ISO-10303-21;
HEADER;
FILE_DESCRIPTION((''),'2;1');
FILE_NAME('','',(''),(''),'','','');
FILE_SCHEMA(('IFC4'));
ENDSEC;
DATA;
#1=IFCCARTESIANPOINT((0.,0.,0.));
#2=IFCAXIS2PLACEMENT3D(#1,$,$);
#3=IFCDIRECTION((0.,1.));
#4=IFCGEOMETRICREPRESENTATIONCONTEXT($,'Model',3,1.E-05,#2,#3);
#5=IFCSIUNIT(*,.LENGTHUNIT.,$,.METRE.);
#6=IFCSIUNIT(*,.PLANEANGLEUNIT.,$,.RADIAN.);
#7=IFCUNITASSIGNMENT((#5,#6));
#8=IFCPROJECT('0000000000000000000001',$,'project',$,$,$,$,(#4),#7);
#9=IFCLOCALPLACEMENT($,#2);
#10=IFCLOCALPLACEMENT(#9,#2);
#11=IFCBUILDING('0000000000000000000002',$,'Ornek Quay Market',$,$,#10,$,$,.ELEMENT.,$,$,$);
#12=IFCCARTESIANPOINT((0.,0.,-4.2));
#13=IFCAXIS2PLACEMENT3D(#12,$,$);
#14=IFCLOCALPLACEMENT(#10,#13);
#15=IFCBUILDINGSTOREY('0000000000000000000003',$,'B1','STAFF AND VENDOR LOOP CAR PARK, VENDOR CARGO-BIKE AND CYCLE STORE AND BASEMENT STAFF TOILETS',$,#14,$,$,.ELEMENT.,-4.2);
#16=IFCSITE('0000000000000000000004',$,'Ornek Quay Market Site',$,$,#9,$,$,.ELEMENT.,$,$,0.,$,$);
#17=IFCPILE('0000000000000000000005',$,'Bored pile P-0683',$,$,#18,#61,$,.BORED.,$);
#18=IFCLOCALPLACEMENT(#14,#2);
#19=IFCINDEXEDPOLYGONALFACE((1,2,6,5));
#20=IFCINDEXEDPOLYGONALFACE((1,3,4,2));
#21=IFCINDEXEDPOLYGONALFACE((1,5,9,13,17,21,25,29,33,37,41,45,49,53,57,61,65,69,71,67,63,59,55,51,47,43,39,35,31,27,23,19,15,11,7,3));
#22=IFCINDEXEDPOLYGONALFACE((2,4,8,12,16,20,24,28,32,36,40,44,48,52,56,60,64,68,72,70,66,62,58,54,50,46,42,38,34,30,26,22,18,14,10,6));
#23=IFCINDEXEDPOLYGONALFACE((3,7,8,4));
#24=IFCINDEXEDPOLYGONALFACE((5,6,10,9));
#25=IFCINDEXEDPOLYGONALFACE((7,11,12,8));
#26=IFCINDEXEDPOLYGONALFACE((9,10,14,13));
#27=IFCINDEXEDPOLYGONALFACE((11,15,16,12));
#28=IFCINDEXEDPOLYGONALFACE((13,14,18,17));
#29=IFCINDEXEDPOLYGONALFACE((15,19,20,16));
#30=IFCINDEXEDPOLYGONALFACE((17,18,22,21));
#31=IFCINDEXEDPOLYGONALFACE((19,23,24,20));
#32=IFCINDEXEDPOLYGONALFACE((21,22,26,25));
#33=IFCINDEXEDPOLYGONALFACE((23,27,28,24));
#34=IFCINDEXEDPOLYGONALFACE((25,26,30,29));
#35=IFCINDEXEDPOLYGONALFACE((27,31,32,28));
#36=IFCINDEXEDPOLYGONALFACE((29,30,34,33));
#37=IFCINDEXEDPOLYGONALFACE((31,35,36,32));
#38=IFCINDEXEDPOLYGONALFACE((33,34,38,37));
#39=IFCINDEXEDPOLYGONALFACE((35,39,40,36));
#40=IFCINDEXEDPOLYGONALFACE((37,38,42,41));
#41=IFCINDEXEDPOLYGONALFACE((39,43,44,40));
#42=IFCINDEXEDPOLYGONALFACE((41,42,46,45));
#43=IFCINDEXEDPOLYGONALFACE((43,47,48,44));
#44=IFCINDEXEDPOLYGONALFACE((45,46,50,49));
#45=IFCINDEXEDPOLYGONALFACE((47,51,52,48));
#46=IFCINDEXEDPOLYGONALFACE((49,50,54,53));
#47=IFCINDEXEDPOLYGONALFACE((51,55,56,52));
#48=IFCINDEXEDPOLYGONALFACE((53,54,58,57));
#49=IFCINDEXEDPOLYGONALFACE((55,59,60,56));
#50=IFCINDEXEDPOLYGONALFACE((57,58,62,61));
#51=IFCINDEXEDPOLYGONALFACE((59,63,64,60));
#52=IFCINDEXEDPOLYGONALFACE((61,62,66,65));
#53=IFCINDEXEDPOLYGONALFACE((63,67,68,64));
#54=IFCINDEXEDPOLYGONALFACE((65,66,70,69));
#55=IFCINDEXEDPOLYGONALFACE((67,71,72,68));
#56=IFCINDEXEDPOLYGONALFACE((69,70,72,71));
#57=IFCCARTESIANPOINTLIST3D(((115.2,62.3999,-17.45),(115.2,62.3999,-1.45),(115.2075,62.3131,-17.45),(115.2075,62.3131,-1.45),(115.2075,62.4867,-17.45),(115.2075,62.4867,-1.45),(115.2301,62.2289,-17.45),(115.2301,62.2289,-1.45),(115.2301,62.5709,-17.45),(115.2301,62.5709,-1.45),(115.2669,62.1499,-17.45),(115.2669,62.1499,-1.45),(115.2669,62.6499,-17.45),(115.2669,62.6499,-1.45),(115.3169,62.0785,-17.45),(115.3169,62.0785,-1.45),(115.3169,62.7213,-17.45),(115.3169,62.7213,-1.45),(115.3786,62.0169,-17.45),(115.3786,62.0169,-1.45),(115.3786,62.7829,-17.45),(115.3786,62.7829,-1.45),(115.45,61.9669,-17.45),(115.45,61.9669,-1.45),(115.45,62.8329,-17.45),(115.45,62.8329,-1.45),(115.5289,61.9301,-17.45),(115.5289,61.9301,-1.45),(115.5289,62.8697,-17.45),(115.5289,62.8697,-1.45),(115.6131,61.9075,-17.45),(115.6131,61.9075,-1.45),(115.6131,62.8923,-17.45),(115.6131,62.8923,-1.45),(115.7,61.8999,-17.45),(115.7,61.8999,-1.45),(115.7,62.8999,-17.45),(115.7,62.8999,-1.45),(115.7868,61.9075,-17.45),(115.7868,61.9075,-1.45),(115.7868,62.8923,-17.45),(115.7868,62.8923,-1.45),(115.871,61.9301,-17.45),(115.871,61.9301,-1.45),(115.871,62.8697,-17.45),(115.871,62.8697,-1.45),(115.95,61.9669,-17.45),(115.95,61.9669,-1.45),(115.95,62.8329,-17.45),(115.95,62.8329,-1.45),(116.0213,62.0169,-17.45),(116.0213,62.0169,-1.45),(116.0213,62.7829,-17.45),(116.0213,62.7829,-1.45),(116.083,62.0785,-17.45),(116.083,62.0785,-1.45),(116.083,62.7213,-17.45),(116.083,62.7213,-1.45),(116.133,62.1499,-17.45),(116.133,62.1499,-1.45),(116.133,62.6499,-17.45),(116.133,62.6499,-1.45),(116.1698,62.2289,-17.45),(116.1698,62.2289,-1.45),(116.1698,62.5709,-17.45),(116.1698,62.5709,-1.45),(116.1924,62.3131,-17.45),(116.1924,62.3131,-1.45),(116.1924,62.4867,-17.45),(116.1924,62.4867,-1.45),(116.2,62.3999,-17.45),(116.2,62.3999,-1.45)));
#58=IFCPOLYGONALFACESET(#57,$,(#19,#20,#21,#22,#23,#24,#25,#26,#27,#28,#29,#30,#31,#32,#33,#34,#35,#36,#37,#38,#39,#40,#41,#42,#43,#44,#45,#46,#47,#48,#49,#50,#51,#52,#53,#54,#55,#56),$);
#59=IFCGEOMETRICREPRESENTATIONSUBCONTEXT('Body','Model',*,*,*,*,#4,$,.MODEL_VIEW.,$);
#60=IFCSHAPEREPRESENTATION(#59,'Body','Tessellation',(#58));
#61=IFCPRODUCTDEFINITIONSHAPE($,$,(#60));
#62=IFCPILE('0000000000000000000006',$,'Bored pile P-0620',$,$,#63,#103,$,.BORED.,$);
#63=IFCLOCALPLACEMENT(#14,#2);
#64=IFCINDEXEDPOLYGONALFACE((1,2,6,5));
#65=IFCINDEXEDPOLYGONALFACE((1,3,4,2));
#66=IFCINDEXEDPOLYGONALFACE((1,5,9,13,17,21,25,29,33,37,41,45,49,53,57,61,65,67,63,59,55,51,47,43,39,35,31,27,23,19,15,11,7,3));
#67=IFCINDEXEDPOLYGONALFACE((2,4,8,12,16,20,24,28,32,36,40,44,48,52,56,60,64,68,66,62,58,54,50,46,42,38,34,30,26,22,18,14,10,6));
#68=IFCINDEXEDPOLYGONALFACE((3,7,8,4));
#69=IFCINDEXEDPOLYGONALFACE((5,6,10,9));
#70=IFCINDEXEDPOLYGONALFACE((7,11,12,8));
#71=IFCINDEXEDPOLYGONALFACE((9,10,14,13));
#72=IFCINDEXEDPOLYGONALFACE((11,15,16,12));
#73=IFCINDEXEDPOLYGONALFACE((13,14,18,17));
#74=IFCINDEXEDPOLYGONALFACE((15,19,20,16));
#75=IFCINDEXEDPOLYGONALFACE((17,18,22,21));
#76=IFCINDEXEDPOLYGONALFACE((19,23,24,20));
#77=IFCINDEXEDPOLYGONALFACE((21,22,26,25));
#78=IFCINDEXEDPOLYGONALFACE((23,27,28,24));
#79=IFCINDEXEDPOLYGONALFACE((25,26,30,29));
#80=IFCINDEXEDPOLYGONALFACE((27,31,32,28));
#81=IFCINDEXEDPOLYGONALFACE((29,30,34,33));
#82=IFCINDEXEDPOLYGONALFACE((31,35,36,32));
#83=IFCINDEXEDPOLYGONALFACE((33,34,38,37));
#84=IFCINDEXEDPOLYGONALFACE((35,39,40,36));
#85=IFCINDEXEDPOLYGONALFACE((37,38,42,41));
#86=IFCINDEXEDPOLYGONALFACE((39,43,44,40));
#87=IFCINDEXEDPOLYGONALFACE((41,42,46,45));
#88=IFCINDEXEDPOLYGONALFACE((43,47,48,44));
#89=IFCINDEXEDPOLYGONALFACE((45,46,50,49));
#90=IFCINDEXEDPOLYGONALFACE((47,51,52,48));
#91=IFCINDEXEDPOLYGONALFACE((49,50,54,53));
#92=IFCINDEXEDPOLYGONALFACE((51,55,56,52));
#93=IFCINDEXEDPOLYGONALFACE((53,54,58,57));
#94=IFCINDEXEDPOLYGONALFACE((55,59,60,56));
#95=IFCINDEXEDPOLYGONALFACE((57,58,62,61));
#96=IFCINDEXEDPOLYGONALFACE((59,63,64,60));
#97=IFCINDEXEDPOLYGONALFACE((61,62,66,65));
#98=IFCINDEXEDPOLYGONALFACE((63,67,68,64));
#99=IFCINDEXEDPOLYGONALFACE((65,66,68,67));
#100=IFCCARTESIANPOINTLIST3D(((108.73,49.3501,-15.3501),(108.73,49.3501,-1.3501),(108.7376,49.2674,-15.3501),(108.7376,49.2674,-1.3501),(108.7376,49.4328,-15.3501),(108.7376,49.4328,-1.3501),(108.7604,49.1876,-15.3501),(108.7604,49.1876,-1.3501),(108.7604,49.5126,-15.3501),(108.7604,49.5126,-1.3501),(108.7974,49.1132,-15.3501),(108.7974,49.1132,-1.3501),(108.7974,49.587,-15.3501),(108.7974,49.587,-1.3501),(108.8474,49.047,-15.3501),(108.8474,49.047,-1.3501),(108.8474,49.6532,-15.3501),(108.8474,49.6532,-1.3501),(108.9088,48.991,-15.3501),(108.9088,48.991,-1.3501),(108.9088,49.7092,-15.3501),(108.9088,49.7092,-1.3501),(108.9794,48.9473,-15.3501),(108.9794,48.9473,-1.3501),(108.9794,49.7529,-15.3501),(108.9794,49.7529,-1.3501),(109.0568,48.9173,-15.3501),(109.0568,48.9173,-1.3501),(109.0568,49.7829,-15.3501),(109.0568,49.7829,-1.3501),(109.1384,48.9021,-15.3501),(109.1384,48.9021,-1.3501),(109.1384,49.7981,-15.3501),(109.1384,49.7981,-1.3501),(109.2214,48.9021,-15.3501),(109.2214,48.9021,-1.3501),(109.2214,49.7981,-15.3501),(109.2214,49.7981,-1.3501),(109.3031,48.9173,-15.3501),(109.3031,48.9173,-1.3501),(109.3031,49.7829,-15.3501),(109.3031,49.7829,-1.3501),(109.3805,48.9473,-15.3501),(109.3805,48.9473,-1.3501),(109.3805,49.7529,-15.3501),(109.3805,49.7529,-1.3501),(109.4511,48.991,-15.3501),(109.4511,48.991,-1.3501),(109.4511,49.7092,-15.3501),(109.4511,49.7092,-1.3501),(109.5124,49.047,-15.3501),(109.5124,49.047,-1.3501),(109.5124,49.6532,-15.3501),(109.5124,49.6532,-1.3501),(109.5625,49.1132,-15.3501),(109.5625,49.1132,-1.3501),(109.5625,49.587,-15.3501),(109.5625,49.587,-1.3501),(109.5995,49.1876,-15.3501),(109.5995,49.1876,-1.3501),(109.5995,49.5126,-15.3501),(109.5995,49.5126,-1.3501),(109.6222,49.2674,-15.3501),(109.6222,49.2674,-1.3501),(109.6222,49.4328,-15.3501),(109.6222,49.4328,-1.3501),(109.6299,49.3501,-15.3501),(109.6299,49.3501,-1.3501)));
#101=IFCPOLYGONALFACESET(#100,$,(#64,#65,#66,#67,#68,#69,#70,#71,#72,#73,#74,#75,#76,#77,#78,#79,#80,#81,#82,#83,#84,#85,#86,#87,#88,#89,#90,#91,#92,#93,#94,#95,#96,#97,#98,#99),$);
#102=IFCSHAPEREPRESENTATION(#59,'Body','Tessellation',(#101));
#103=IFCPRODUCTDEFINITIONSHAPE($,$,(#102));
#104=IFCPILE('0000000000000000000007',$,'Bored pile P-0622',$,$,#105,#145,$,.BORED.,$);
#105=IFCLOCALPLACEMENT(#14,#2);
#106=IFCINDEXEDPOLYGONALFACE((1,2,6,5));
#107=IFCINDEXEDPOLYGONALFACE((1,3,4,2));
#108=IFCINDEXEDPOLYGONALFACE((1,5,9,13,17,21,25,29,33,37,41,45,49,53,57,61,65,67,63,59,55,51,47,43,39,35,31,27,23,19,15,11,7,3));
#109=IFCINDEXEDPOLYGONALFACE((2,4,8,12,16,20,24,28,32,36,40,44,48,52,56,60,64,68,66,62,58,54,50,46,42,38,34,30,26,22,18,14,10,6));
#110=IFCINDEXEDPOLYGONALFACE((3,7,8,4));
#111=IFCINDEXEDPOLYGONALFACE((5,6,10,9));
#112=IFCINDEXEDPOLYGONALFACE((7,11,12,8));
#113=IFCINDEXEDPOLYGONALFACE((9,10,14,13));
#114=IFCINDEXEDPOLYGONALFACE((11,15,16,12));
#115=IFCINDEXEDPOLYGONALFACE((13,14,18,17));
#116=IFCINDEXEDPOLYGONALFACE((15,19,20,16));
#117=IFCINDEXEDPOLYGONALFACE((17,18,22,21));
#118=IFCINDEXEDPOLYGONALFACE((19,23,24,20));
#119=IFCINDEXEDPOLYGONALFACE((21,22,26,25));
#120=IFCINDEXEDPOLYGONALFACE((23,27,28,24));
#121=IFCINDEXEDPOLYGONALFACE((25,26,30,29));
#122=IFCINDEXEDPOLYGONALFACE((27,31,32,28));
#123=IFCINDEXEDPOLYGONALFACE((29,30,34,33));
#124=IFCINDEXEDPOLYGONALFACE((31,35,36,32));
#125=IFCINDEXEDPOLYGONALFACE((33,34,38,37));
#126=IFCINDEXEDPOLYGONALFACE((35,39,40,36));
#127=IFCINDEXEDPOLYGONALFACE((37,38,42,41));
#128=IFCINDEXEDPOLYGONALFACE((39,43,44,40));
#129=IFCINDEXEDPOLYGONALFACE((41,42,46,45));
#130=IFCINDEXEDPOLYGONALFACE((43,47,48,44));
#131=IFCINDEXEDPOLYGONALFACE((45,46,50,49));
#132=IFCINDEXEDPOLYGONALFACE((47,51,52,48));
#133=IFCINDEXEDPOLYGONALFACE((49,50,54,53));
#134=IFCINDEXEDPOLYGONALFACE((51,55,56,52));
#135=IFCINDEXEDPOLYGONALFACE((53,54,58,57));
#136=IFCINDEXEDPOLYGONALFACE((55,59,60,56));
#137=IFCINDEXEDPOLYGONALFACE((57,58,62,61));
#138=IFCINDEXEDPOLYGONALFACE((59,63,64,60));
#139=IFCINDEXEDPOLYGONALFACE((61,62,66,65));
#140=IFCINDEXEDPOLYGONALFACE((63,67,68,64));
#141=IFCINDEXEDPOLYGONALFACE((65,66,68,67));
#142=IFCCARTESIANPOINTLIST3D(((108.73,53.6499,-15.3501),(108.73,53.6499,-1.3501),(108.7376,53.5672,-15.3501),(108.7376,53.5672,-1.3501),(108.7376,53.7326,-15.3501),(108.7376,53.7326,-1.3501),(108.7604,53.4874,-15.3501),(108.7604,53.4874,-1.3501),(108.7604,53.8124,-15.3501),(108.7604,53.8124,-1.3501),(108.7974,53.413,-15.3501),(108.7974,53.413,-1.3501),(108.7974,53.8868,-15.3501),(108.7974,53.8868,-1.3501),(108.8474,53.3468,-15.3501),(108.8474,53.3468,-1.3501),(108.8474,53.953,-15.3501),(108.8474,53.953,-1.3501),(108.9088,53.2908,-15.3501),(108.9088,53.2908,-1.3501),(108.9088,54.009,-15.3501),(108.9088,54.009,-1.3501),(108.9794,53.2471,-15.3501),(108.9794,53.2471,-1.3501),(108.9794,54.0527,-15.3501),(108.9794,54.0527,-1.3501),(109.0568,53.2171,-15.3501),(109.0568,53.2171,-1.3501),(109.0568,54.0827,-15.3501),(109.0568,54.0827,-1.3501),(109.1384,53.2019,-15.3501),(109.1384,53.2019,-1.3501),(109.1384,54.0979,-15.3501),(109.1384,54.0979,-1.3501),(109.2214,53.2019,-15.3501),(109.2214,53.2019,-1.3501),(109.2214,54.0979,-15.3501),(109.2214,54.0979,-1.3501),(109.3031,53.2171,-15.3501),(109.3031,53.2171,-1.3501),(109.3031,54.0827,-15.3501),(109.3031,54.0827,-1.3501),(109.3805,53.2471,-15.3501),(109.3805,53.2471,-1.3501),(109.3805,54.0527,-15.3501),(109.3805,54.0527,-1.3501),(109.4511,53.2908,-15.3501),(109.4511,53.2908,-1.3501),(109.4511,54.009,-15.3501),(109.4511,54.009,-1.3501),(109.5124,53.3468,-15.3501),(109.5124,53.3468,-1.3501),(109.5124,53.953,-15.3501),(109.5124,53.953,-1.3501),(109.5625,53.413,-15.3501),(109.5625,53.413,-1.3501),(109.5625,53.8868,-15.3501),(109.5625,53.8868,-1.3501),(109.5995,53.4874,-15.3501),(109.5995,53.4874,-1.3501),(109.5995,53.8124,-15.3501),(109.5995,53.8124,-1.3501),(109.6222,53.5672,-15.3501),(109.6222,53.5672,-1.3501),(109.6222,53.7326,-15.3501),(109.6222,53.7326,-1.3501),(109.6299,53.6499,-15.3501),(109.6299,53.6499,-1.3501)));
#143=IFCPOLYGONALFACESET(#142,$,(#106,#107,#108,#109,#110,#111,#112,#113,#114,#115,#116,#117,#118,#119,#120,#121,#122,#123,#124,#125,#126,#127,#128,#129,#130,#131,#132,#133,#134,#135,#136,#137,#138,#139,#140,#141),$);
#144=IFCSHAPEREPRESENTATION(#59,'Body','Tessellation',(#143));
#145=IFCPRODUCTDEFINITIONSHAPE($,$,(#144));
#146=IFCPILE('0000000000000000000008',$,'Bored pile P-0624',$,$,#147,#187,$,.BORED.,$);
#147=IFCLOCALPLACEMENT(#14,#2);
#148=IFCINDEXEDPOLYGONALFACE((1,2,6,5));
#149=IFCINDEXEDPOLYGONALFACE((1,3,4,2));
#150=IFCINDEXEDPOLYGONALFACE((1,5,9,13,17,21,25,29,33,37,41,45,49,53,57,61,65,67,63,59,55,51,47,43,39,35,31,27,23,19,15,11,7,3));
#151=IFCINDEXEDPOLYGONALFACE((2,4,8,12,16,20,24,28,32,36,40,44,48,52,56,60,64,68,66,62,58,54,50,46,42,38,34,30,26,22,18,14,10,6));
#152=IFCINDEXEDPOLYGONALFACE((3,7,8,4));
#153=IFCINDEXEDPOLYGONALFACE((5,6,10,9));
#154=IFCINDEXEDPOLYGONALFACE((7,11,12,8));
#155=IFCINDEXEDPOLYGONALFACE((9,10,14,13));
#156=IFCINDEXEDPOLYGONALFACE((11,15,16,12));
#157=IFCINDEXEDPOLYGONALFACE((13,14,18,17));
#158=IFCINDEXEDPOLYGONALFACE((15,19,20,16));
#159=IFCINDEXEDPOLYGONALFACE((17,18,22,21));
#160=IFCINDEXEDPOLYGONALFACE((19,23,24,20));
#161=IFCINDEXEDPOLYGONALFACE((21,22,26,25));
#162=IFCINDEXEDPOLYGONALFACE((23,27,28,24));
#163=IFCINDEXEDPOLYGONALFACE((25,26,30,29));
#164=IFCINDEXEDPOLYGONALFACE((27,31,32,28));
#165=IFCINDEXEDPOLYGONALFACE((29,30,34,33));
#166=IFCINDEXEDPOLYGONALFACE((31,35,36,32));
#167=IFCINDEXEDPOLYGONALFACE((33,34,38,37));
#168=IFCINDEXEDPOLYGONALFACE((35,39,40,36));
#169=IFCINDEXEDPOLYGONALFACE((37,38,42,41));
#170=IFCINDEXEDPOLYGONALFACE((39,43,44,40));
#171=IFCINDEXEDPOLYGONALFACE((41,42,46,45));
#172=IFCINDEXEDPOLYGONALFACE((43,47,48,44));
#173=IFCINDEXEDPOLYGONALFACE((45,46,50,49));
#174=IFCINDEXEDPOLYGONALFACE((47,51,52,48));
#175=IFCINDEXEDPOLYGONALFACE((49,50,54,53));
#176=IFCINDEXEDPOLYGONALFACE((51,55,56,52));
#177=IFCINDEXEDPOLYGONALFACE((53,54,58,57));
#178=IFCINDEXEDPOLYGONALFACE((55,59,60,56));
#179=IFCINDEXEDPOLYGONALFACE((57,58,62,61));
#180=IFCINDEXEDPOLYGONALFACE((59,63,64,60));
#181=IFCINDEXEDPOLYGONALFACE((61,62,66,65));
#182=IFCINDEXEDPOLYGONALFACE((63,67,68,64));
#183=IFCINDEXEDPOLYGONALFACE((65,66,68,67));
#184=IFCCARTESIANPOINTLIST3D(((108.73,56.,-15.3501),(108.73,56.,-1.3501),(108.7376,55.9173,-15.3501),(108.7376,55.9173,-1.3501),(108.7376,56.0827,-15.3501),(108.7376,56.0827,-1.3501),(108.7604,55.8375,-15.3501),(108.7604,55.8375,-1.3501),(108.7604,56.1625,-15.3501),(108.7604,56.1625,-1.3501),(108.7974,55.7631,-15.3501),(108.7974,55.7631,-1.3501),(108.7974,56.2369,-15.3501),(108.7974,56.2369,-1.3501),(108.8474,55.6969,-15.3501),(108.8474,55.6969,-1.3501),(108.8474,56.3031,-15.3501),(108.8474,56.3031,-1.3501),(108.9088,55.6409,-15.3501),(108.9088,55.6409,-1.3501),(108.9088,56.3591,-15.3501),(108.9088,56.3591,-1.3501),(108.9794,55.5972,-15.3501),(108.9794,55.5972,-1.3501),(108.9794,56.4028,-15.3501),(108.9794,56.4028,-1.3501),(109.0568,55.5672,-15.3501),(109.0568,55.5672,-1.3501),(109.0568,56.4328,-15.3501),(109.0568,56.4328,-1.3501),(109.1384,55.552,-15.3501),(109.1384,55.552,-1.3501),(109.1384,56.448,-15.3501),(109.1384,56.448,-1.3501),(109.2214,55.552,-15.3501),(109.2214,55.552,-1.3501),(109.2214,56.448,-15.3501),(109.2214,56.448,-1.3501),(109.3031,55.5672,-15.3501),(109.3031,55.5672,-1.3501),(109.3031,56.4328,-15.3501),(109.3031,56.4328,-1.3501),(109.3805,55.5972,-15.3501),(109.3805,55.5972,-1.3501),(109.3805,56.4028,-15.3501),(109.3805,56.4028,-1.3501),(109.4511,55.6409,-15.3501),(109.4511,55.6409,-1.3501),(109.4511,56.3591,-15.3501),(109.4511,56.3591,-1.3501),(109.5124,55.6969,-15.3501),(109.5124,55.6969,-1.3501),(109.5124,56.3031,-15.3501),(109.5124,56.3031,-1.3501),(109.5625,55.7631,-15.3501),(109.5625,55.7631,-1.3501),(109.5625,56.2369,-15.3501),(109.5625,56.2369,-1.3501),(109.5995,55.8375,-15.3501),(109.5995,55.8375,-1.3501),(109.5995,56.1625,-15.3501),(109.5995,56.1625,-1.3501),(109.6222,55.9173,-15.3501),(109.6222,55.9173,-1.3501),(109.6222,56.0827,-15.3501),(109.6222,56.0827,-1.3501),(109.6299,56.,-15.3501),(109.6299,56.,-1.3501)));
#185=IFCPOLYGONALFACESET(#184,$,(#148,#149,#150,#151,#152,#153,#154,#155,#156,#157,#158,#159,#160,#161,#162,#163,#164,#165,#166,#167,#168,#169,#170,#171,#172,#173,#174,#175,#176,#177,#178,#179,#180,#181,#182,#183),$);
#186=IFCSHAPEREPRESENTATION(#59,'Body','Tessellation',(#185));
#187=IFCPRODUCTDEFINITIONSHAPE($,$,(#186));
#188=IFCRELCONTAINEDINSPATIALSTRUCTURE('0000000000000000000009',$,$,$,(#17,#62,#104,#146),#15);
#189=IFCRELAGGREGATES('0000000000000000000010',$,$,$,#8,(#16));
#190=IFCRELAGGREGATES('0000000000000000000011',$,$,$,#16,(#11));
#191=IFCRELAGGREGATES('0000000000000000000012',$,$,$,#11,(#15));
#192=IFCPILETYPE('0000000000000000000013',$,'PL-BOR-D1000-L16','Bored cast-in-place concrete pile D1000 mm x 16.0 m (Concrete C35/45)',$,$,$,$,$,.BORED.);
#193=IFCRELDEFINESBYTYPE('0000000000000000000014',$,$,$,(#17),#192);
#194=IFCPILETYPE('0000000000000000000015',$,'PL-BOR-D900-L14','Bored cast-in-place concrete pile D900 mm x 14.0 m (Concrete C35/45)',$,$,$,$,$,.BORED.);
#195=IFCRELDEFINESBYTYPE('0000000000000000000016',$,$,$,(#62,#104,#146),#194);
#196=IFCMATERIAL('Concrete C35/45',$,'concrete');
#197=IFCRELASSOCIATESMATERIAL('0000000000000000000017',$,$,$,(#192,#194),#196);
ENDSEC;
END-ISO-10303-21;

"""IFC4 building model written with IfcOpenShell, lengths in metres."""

from ifc_helpers import new_model, si_unit, direction, frame, origin, origin_2d, place, context, subcontext, project, spatial, circle, extrude, material, material_profile, profile_set, type_object, element, save


model = new_model("IFC4")

# Units and contexts
model_context = context("Model", 3, precision=1e-05, world=origin(), true_north=direction((0.0, 1.0)))
body_context = subcontext(model_context, "Body", "Model", "MODEL_VIEW")
ifc_project = project(units=[si_unit("LENGTHUNIT", "METRE"), si_unit("PLANEANGLEUNIT", "RADIAN")], contexts=[model_context])

# Site, building, storey
site_placement = place(None, origin())
site = spatial("IfcSite", under=ifc_project, at=site_placement, Name="Ornek Quay Market Site", CompositionType="ELEMENT", RefElevation=0.0)
building_placement = place(site_placement, origin())
building = spatial("IfcBuilding", under=site, at=building_placement, Name="Ornek Quay Market", CompositionType="ELEMENT")
storey_placement = place(building_placement, frame((0.0, 0.0, -4.2)))
storey = spatial("IfcBuildingStorey", under=building, at=storey_placement, Name="B1", Description="STAFF AND VENDOR LOOP CAR PARK, VENDOR CARGO-BIKE AND CYCLE STORE AND BASEMENT STAFF TOILETS", CompositionType="ELEMENT", Elevation=-4.2)

# Piles
ifc_material_1 = material(Name="Concrete C35/45", Category="concrete")
ifc_material_profile_1 = material_profile(ifc_material_1, circle(Radius=0.5, at=origin_2d()), Name="PILE D1000", Category="concrete")
ifc_profile_set_1 = profile_set([ifc_material_profile_1], Name="Concrete C35/45")
pile_type_1 = type_object("IfcPileType", Name="PL-BOR-D1000-L16", Description="Bored cast-in-place concrete pile D1000 mm x 16.0 m (Concrete C35/45)", PredefinedType="BORED", material=ifc_profile_set_1)
for number, where, z_axis, x_axis, name in (
    (1, (115.7, 62.3999, -1.45), (0.0, 0.0, -1.0), (1.0, 0.0, 0.0), "Bored pile P-0683"),
):
    element("IfcPile", number, at=place(storey_placement, frame(where, z_axis=z_axis, x_axis=x_axis)), inside=storey, type_object=pile_type_1, Name=name, PredefinedType="BORED", context=body_context, shape_type="SweptSolid", body=[
        extrude(circle(Radius=0.5, at=origin_2d()), origin(), (0.0, 0.0, 1.0), 16.0),
    ])
ifc_material_profile_2 = material_profile(ifc_material_1, circle(Radius=0.45, at=origin_2d()), Name="PILE D900", Category="concrete")
ifc_profile_set_2 = profile_set([ifc_material_profile_2], Name="Concrete C35/45")
pile_type_2 = type_object("IfcPileType", Name="PL-BOR-D900-L14", Description="Bored cast-in-place concrete pile D900 mm x 14.0 m (Concrete C35/45)", PredefinedType="BORED", material=ifc_profile_set_2)
for number, where, z_axis, x_axis, name in (
    (2, (109.1799, 49.3501, -1.3501), (0.0, 0.0, -1.0), (1.0, 0.0, 0.0), "Bored pile P-0620"),
    (3, (109.1799, 53.6499, -1.3501), (0.0, 0.0, -1.0), (1.0, 0.0, 0.0), "Bored pile P-0622"),
    (4, (109.1799, 56.0, -1.3501), (0.0, 0.0, -1.0), (1.0, 0.0, 0.0), "Bored pile P-0624"),
):
    element("IfcPile", number, at=place(storey_placement, frame(where, z_axis=z_axis, x_axis=x_axis)), inside=storey, type_object=pile_type_2, Name=name, PredefinedType="BORED", context=body_context, shape_type="SweptSolid", body=[
        extrude(circle(Radius=0.45, at=origin_2d()), origin(), (0.0, 0.0, 1.0), 14.0),
    ])

save(model, "model.ifc")
